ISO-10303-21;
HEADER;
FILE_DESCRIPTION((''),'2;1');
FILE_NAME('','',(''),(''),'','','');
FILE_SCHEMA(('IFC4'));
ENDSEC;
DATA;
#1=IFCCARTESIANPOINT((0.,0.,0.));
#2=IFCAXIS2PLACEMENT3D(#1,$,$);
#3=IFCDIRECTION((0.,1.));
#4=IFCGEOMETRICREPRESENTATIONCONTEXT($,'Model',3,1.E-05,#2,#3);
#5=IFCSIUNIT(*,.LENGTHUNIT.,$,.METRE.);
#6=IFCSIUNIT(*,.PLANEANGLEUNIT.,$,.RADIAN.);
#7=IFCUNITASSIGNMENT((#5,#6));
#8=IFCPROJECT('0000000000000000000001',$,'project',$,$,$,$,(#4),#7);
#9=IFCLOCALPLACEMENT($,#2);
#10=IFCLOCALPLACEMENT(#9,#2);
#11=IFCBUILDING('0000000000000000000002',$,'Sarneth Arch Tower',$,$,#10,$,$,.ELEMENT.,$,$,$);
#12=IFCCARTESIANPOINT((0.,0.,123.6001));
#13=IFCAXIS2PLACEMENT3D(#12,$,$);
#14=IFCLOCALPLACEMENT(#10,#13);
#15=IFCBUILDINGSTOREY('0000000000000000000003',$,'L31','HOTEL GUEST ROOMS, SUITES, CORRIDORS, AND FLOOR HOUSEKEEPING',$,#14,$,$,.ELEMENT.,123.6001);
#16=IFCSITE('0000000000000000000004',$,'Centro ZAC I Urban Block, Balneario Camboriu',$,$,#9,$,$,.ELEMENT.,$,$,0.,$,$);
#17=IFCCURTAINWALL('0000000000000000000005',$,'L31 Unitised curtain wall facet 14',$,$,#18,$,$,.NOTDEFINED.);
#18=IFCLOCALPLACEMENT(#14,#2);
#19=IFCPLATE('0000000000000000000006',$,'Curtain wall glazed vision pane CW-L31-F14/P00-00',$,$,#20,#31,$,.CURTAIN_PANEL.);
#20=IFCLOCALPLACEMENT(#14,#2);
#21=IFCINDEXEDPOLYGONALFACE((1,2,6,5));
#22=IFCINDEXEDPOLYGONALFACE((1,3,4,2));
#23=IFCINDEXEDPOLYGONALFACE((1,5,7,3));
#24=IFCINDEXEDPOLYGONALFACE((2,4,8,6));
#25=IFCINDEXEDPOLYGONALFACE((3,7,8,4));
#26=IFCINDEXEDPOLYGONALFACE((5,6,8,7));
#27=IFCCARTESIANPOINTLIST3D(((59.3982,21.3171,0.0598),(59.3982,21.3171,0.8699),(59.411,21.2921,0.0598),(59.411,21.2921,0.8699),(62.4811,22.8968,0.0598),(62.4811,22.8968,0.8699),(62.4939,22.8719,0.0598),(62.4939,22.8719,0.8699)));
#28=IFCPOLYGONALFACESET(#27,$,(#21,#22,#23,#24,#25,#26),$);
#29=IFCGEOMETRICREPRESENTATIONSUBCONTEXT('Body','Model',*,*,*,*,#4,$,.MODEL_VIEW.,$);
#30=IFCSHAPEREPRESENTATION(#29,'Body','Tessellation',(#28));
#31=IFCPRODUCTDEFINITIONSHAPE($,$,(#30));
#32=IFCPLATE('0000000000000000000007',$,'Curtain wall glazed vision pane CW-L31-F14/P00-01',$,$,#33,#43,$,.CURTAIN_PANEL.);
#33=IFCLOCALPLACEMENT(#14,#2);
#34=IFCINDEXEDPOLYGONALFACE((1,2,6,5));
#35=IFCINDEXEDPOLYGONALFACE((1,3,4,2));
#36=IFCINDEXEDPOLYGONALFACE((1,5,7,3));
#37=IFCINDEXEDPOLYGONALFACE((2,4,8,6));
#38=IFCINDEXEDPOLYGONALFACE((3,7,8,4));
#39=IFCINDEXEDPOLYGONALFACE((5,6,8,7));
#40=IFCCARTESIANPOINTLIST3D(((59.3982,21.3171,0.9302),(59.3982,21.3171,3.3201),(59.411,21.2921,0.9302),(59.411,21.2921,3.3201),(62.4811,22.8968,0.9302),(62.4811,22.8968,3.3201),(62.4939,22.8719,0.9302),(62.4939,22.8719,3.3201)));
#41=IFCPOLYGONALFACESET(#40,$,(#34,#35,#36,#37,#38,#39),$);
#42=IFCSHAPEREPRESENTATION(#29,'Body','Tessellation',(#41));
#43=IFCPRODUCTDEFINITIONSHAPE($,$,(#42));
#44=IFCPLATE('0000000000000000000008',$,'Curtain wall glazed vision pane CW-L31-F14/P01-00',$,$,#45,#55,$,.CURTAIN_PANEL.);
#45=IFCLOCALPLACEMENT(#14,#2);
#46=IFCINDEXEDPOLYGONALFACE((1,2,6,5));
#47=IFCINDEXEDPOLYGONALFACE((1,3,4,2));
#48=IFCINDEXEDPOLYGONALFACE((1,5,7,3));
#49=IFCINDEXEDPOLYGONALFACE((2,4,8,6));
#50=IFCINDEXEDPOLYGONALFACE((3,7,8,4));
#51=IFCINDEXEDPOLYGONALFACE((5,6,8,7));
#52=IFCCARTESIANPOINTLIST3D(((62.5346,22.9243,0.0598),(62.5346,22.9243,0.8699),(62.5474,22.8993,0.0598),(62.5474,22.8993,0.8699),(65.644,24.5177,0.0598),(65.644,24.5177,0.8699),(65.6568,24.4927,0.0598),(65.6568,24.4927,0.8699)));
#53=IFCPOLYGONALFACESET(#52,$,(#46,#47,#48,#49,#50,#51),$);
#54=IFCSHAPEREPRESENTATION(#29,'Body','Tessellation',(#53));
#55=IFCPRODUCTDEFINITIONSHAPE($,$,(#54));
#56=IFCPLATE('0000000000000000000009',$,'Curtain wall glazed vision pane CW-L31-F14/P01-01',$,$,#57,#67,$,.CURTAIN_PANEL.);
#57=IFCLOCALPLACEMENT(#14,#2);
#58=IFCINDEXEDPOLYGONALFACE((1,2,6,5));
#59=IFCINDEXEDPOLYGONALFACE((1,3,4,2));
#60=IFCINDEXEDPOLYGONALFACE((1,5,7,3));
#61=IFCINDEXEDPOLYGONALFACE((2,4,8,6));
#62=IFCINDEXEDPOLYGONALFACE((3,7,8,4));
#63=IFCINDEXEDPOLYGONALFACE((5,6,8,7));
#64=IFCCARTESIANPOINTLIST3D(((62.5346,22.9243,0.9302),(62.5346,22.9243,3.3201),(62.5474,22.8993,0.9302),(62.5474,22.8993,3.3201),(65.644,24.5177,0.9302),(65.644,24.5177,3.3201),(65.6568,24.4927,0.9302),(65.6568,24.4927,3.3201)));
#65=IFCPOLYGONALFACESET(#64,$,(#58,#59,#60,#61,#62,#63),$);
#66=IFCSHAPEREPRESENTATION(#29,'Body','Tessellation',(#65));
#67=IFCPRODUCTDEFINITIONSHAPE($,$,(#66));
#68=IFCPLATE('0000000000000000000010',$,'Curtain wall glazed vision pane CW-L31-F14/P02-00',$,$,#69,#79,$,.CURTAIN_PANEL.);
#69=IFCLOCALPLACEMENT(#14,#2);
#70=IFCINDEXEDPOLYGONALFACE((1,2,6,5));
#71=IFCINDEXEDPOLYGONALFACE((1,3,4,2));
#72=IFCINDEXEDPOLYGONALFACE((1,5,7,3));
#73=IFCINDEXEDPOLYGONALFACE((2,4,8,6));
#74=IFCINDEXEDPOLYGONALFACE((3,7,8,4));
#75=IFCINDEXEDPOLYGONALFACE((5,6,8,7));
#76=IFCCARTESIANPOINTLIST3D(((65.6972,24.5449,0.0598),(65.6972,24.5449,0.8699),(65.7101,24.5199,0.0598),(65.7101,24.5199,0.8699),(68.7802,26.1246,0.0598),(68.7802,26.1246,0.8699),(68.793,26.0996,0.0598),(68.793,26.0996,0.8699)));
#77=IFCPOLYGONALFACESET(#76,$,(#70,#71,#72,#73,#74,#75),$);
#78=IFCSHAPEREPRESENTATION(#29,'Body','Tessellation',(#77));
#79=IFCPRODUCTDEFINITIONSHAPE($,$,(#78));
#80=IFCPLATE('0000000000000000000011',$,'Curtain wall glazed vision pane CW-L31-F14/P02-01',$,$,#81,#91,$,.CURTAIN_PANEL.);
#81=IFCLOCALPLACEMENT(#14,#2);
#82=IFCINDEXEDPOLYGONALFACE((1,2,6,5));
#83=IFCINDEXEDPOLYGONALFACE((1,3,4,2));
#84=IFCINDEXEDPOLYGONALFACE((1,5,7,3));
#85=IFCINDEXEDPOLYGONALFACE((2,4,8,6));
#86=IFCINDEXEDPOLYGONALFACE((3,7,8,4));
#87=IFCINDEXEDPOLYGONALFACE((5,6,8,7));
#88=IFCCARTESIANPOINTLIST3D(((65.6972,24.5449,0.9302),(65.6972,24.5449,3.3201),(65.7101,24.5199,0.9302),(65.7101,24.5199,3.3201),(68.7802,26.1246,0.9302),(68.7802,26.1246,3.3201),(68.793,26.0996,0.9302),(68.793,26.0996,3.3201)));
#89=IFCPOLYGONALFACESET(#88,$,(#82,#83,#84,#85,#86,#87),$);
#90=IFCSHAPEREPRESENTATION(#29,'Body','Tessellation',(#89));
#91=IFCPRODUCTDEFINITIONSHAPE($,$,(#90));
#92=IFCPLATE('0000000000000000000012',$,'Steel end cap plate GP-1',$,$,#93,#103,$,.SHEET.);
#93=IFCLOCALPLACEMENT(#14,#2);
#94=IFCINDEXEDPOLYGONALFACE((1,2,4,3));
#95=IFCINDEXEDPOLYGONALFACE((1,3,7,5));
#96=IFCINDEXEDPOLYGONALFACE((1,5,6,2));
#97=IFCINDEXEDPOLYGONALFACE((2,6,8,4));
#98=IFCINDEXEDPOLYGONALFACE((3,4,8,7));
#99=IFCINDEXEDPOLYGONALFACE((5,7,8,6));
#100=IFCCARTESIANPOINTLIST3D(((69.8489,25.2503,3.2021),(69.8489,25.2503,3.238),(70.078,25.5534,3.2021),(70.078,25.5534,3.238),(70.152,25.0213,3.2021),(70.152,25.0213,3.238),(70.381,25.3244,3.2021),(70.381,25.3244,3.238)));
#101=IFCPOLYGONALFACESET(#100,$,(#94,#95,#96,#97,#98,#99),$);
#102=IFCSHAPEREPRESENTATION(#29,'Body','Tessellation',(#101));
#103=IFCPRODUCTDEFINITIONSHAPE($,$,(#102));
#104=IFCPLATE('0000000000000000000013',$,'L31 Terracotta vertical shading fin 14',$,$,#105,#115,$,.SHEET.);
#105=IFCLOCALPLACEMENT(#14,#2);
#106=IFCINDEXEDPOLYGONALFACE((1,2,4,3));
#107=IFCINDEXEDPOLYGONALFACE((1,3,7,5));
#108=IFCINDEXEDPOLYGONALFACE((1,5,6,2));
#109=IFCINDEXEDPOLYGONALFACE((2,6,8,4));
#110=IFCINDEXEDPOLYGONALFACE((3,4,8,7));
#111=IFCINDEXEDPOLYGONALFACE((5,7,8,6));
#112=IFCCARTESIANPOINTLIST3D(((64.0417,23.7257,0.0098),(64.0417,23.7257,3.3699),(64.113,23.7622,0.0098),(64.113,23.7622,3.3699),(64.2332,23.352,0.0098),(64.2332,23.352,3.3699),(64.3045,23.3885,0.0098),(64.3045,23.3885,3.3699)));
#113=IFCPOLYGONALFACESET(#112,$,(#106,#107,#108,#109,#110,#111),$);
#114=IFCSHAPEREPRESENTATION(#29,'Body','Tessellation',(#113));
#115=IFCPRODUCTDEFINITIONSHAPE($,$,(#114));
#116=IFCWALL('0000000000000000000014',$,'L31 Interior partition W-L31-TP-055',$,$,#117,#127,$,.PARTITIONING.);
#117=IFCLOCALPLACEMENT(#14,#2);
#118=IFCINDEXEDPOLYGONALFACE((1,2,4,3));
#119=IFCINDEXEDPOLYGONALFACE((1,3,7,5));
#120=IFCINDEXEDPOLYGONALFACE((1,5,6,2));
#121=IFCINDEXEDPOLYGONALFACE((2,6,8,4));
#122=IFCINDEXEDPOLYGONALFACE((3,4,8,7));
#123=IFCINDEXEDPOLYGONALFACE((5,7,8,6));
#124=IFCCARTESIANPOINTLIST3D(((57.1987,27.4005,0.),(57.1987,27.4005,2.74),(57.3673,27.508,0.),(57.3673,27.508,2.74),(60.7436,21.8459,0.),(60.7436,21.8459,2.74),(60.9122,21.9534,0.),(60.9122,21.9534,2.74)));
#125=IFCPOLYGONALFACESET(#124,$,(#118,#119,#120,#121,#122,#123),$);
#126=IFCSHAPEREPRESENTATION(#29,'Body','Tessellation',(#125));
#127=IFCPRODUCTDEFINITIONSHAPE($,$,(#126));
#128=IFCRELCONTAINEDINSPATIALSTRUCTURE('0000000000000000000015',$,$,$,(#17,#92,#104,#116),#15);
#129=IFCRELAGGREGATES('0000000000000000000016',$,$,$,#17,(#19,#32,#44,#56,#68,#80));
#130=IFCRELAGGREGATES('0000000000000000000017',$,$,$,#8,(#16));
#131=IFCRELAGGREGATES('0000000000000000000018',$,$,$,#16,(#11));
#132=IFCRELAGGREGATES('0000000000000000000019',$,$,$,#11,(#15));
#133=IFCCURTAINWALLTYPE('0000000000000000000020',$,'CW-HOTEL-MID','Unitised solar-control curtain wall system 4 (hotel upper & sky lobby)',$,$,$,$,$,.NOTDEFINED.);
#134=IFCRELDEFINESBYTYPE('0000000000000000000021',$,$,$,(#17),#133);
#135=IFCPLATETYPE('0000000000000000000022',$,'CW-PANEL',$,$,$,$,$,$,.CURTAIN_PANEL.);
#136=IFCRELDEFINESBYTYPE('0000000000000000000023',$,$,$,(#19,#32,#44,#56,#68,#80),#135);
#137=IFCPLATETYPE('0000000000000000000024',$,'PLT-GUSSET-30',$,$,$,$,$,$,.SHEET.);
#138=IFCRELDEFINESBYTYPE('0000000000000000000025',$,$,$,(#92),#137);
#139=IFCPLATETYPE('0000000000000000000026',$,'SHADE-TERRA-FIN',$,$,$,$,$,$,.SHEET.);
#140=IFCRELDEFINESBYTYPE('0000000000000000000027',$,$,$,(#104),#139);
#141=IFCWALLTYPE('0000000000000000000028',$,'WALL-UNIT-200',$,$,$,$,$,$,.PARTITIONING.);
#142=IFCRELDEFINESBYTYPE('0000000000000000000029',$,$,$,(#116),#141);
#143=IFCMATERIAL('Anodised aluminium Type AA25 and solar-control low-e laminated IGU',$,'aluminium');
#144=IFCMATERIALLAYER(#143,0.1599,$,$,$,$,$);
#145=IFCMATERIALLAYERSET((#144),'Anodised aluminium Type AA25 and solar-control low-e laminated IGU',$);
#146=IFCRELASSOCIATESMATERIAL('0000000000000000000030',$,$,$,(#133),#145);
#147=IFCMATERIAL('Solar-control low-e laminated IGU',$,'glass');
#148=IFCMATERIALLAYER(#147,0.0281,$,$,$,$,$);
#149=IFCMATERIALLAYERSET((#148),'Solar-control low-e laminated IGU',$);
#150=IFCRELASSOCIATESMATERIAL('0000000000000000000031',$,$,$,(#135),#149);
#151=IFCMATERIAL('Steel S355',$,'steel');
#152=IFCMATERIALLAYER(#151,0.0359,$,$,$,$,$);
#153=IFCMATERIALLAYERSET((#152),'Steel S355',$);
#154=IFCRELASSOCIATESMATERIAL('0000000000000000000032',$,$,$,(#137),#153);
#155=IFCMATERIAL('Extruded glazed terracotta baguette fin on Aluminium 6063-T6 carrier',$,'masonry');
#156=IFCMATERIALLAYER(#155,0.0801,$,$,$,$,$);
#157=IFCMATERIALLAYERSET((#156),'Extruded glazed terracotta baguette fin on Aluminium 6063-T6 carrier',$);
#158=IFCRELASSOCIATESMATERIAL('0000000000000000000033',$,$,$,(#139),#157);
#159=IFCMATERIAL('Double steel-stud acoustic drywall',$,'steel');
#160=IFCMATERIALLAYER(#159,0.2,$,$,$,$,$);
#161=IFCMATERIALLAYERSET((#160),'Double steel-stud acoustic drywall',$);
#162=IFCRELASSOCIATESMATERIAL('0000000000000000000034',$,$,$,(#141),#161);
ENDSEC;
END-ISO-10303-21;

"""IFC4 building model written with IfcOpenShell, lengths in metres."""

from ifc_helpers import new_model, si_unit, direction, frame, frame_2d, origin, origin_2d, place, context, subcontext, project, spatial, rectangle, extrude, material, layer, layer_set, type_object, element, aggregate, save


model = new_model("IFC4")

# Units and contexts
model_context = context("Model", 3, precision=1e-05, world=origin(), true_north=direction((0.0, 1.0)))
body_context = subcontext(model_context, "Body", "Model", "MODEL_VIEW")
ifc_project = project(units=[si_unit("LENGTHUNIT", "METRE"), si_unit("PLANEANGLEUNIT", "RADIAN")], contexts=[model_context])

# Site, building, storey
site_placement = place(None, origin())
site = spatial("IfcSite", under=ifc_project, at=site_placement, Name="Centro ZAC I Urban Block, Balneario Camboriu", CompositionType="ELEMENT", RefElevation=0.0)
building_placement = place(site_placement, origin())
building = spatial("IfcBuilding", under=site, at=building_placement, Name="Sarneth Arch Tower", CompositionType="ELEMENT")
storey_placement = place(building_placement, frame((0.0, 0.0, 123.6001)))
storey = spatial("IfcBuildingStorey", under=building, at=storey_placement, Name="L31", Description="HOTEL GUEST ROOMS, SUITES, CORRIDORS, AND FLOOR HOUSEKEEPING", CompositionType="ELEMENT", Elevation=123.6001)

# Curtain wall, plates
ifc_material_1 = material(Name="Anodised aluminium Type AA25 and solar-control low-e laminated IGU", Category="aluminium")
ifc_layer_1 = layer(ifc_material_1, 0.1599)
ifc_layer_set_1 = layer_set([ifc_layer_1], Name="Anodised aluminium Type AA25 and solar-control low-e laminated IGU")
curtain_wall_type = type_object("IfcCurtainWallType", Name="CW-HOTEL-MID", Description="Unitised solar-control curtain wall system 4 (hotel upper & sky lobby)", PredefinedType="NOTDEFINED", material=ifc_layer_set_1)
curtain_wall_placement = place(storey_placement, origin())
curtain_wall = element("IfcCurtainWall", 1, at=curtain_wall_placement, inside=storey, type_object=curtain_wall_type, Name="L31 Unitised curtain wall facet 14", PredefinedType="NOTDEFINED")
ifc_material_2 = material(Name="Solar-control low-e laminated IGU", Category="glass")
ifc_layer_2 = layer(ifc_material_2, 0.0281)
ifc_layer_set_2 = layer_set([ifc_layer_2], Name="Solar-control low-e laminated IGU")
plate_type_1 = type_object("IfcPlateType", Name="CW-PANEL", PredefinedType="CURTAIN_PANEL", material=ifc_layer_set_2)
plate_1_placement = place(storey_placement, frame((60.946, 22.0945, 0.0598), z_axis=(0.0, 0.0, 1.0), x_axis=(0.889964, 0.456031, 0.0)))
plate_1 = element("IfcPlate", 2, at=plate_1_placement, type_object=plate_type_1, Name="Curtain wall glazed vision pane CW-L31-F14/P00-00", PredefinedType="CURTAIN_PANEL", context=body_context, shape_type="SweptSolid", body=[
    extrude(rectangle(XDim=3.4641, YDim=0.0281, at=origin_2d()), origin(), (0.0, 0.0, 1.0), 0.8101),
])
plate_2_placement = place(storey_placement, frame((60.946, 22.0945, 0.9302), z_axis=(0.0, 0.0, 1.0), x_axis=(0.889964, 0.456031, 0.0)))
plate_2 = element("IfcPlate", 3, at=plate_2_placement, type_object=plate_type_1, Name="Curtain wall glazed vision pane CW-L31-F14/P00-01", PredefinedType="CURTAIN_PANEL", context=body_context, shape_type="SweptSolid", body=[
    extrude(rectangle(XDim=3.4641, YDim=0.0281, at=origin_2d()), origin(), (0.0, 0.0, 1.0), 2.3899),
])
plate_3_placement = place(storey_placement, frame((64.0957, 23.7085, 0.0598), z_axis=(0.0, 0.0, 1.0), x_axis=(0.889964, 0.456031, 0.0)))
plate_3 = element("IfcPlate", 4, at=plate_3_placement, type_object=plate_type_1, Name="Curtain wall glazed vision pane CW-L31-F14/P01-00", PredefinedType="CURTAIN_PANEL", context=body_context, shape_type="SweptSolid", body=[
    extrude(rectangle(XDim=3.4939, YDim=0.0281, at=origin_2d()), origin(), (0.0, 0.0, 1.0), 0.8101),
])
plate_4_placement = place(storey_placement, frame((64.0957, 23.7085, 0.9302), z_axis=(0.0, 0.0, 1.0), x_axis=(0.889964, 0.456031, 0.0)))
plate_4 = element("IfcPlate", 5, at=plate_4_placement, type_object=plate_type_1, Name="Curtain wall glazed vision pane CW-L31-F14/P01-01", PredefinedType="CURTAIN_PANEL", context=body_context, shape_type="SweptSolid", body=[
    extrude(rectangle(XDim=3.4939, YDim=0.0281, at=origin_2d()), origin(), (0.0, 0.0, 1.0), 2.3899),
])
plate_5_placement = place(storey_placement, frame((67.2451, 25.3223, 0.0598), z_axis=(0.0, 0.0, 1.0), x_axis=(0.889964, 0.456031, 0.0)))
plate_5 = element("IfcPlate", 6, at=plate_5_placement, type_object=plate_type_1, Name="Curtain wall glazed vision pane CW-L31-F14/P02-00", PredefinedType="CURTAIN_PANEL", context=body_context, shape_type="SweptSolid", body=[
    extrude(rectangle(XDim=3.4641, YDim=0.0281, at=origin_2d()), origin(), (0.0, 0.0, 1.0), 0.8101),
])
plate_6_placement = place(storey_placement, frame((67.2451, 25.3223, 0.9302), z_axis=(0.0, 0.0, 1.0), x_axis=(0.889964, 0.456031, 0.0)))
plate_6 = element("IfcPlate", 7, at=plate_6_placement, type_object=plate_type_1, Name="Curtain wall glazed vision pane CW-L31-F14/P02-01", PredefinedType="CURTAIN_PANEL", context=body_context, shape_type="SweptSolid", body=[
    extrude(rectangle(XDim=3.4641, YDim=0.0281, at=origin_2d()), origin(), (0.0, 0.0, 1.0), 2.3899),
])
aggregate(curtain_wall, [plate_1, plate_2, plate_3, plate_4, plate_5, plate_6])

# Plates
ifc_material_3 = material(Name="Steel S355", Category="steel")
ifc_layer_3 = layer(ifc_material_3, 0.0359)
ifc_layer_set_3 = layer_set([ifc_layer_3], Name="Steel S355")
plate_type_2 = type_object("IfcPlateType", Name="PLT-GUSSET-30", PredefinedType="SHEET", material=ifc_layer_set_3)
plate_7_placement = place(storey_placement, frame((70.115, 25.2874, 3.2021), z_axis=(0.0, 0.0, 1.0), x_axis=(0.797794, -0.60293, 0.0)))
element("IfcPlate", 8, at=plate_7_placement, inside=storey, type_object=plate_type_2, Name="Steel end cap plate GP-1", PredefinedType="SHEET", context=body_context, shape_type="SweptSolid", body=[
    extrude(rectangle(XDim=0.3799, YDim=0.3799, at=origin_2d()), origin(), (0.0, 0.0, 1.0), 0.0359),
])
ifc_material_4 = material(Name="Extruded glazed terracotta baguette fin on Aluminium 6063-T6 carrier", Category="masonry")
ifc_layer_4 = layer(ifc_material_4, 0.0801)
ifc_layer_set_4 = layer_set([ifc_layer_4], Name="Extruded glazed terracotta baguette fin on Aluminium 6063-T6 carrier")
plate_type_3 = type_object("IfcPlateType", Name="SHADE-TERRA-FIN", PredefinedType="SHEET", material=ifc_layer_set_4)
plate_8_placement = place(storey_placement, frame((64.1731, 23.5571, 0.0098), z_axis=(0.0, 0.0, 1.0), x_axis=(0.456011, -0.889974, 0.0)))
element("IfcPlate", 9, at=plate_8_placement, inside=storey, type_object=plate_type_3, Name="L31 Terracotta vertical shading fin 14", PredefinedType="SHEET", context=body_context, shape_type="SweptSolid", body=[
    extrude(rectangle(XDim=0.4199, YDim=0.0801, at=origin_2d()), origin(), (0.0, 0.0, 1.0), 3.3601),
])

# Wall
ifc_material_5 = material(Name="Double steel-stud acoustic drywall", Category="steel")
ifc_layer_5 = layer(ifc_material_5, 0.2)
ifc_layer_set_5 = layer_set([ifc_layer_5], Name="Double steel-stud acoustic drywall")
wall_type = type_object("IfcWallType", Name="WALL-UNIT-200", PredefinedType="PARTITIONING", material=ifc_layer_set_5)
wall_placement = place(storey_placement, frame((60.8279, 21.8997, 0.0), z_axis=(0.0, 0.0, 1.0), x_axis=(-0.537968, 0.842965, 0.0)))
element("IfcWall", 10, at=wall_placement, inside=storey, type_object=wall_type, Name="L31 Interior partition W-L31-TP-055", PredefinedType="PARTITIONING", context=body_context, shape_type="SweptSolid", body=[
    extrude(rectangle(XDim=6.5894, YDim=0.2, at=frame_2d((3.2947, 0.0))), origin(), (0.0, 0.0, 1.0), 2.74),
])

save(model, "model.ifc")
